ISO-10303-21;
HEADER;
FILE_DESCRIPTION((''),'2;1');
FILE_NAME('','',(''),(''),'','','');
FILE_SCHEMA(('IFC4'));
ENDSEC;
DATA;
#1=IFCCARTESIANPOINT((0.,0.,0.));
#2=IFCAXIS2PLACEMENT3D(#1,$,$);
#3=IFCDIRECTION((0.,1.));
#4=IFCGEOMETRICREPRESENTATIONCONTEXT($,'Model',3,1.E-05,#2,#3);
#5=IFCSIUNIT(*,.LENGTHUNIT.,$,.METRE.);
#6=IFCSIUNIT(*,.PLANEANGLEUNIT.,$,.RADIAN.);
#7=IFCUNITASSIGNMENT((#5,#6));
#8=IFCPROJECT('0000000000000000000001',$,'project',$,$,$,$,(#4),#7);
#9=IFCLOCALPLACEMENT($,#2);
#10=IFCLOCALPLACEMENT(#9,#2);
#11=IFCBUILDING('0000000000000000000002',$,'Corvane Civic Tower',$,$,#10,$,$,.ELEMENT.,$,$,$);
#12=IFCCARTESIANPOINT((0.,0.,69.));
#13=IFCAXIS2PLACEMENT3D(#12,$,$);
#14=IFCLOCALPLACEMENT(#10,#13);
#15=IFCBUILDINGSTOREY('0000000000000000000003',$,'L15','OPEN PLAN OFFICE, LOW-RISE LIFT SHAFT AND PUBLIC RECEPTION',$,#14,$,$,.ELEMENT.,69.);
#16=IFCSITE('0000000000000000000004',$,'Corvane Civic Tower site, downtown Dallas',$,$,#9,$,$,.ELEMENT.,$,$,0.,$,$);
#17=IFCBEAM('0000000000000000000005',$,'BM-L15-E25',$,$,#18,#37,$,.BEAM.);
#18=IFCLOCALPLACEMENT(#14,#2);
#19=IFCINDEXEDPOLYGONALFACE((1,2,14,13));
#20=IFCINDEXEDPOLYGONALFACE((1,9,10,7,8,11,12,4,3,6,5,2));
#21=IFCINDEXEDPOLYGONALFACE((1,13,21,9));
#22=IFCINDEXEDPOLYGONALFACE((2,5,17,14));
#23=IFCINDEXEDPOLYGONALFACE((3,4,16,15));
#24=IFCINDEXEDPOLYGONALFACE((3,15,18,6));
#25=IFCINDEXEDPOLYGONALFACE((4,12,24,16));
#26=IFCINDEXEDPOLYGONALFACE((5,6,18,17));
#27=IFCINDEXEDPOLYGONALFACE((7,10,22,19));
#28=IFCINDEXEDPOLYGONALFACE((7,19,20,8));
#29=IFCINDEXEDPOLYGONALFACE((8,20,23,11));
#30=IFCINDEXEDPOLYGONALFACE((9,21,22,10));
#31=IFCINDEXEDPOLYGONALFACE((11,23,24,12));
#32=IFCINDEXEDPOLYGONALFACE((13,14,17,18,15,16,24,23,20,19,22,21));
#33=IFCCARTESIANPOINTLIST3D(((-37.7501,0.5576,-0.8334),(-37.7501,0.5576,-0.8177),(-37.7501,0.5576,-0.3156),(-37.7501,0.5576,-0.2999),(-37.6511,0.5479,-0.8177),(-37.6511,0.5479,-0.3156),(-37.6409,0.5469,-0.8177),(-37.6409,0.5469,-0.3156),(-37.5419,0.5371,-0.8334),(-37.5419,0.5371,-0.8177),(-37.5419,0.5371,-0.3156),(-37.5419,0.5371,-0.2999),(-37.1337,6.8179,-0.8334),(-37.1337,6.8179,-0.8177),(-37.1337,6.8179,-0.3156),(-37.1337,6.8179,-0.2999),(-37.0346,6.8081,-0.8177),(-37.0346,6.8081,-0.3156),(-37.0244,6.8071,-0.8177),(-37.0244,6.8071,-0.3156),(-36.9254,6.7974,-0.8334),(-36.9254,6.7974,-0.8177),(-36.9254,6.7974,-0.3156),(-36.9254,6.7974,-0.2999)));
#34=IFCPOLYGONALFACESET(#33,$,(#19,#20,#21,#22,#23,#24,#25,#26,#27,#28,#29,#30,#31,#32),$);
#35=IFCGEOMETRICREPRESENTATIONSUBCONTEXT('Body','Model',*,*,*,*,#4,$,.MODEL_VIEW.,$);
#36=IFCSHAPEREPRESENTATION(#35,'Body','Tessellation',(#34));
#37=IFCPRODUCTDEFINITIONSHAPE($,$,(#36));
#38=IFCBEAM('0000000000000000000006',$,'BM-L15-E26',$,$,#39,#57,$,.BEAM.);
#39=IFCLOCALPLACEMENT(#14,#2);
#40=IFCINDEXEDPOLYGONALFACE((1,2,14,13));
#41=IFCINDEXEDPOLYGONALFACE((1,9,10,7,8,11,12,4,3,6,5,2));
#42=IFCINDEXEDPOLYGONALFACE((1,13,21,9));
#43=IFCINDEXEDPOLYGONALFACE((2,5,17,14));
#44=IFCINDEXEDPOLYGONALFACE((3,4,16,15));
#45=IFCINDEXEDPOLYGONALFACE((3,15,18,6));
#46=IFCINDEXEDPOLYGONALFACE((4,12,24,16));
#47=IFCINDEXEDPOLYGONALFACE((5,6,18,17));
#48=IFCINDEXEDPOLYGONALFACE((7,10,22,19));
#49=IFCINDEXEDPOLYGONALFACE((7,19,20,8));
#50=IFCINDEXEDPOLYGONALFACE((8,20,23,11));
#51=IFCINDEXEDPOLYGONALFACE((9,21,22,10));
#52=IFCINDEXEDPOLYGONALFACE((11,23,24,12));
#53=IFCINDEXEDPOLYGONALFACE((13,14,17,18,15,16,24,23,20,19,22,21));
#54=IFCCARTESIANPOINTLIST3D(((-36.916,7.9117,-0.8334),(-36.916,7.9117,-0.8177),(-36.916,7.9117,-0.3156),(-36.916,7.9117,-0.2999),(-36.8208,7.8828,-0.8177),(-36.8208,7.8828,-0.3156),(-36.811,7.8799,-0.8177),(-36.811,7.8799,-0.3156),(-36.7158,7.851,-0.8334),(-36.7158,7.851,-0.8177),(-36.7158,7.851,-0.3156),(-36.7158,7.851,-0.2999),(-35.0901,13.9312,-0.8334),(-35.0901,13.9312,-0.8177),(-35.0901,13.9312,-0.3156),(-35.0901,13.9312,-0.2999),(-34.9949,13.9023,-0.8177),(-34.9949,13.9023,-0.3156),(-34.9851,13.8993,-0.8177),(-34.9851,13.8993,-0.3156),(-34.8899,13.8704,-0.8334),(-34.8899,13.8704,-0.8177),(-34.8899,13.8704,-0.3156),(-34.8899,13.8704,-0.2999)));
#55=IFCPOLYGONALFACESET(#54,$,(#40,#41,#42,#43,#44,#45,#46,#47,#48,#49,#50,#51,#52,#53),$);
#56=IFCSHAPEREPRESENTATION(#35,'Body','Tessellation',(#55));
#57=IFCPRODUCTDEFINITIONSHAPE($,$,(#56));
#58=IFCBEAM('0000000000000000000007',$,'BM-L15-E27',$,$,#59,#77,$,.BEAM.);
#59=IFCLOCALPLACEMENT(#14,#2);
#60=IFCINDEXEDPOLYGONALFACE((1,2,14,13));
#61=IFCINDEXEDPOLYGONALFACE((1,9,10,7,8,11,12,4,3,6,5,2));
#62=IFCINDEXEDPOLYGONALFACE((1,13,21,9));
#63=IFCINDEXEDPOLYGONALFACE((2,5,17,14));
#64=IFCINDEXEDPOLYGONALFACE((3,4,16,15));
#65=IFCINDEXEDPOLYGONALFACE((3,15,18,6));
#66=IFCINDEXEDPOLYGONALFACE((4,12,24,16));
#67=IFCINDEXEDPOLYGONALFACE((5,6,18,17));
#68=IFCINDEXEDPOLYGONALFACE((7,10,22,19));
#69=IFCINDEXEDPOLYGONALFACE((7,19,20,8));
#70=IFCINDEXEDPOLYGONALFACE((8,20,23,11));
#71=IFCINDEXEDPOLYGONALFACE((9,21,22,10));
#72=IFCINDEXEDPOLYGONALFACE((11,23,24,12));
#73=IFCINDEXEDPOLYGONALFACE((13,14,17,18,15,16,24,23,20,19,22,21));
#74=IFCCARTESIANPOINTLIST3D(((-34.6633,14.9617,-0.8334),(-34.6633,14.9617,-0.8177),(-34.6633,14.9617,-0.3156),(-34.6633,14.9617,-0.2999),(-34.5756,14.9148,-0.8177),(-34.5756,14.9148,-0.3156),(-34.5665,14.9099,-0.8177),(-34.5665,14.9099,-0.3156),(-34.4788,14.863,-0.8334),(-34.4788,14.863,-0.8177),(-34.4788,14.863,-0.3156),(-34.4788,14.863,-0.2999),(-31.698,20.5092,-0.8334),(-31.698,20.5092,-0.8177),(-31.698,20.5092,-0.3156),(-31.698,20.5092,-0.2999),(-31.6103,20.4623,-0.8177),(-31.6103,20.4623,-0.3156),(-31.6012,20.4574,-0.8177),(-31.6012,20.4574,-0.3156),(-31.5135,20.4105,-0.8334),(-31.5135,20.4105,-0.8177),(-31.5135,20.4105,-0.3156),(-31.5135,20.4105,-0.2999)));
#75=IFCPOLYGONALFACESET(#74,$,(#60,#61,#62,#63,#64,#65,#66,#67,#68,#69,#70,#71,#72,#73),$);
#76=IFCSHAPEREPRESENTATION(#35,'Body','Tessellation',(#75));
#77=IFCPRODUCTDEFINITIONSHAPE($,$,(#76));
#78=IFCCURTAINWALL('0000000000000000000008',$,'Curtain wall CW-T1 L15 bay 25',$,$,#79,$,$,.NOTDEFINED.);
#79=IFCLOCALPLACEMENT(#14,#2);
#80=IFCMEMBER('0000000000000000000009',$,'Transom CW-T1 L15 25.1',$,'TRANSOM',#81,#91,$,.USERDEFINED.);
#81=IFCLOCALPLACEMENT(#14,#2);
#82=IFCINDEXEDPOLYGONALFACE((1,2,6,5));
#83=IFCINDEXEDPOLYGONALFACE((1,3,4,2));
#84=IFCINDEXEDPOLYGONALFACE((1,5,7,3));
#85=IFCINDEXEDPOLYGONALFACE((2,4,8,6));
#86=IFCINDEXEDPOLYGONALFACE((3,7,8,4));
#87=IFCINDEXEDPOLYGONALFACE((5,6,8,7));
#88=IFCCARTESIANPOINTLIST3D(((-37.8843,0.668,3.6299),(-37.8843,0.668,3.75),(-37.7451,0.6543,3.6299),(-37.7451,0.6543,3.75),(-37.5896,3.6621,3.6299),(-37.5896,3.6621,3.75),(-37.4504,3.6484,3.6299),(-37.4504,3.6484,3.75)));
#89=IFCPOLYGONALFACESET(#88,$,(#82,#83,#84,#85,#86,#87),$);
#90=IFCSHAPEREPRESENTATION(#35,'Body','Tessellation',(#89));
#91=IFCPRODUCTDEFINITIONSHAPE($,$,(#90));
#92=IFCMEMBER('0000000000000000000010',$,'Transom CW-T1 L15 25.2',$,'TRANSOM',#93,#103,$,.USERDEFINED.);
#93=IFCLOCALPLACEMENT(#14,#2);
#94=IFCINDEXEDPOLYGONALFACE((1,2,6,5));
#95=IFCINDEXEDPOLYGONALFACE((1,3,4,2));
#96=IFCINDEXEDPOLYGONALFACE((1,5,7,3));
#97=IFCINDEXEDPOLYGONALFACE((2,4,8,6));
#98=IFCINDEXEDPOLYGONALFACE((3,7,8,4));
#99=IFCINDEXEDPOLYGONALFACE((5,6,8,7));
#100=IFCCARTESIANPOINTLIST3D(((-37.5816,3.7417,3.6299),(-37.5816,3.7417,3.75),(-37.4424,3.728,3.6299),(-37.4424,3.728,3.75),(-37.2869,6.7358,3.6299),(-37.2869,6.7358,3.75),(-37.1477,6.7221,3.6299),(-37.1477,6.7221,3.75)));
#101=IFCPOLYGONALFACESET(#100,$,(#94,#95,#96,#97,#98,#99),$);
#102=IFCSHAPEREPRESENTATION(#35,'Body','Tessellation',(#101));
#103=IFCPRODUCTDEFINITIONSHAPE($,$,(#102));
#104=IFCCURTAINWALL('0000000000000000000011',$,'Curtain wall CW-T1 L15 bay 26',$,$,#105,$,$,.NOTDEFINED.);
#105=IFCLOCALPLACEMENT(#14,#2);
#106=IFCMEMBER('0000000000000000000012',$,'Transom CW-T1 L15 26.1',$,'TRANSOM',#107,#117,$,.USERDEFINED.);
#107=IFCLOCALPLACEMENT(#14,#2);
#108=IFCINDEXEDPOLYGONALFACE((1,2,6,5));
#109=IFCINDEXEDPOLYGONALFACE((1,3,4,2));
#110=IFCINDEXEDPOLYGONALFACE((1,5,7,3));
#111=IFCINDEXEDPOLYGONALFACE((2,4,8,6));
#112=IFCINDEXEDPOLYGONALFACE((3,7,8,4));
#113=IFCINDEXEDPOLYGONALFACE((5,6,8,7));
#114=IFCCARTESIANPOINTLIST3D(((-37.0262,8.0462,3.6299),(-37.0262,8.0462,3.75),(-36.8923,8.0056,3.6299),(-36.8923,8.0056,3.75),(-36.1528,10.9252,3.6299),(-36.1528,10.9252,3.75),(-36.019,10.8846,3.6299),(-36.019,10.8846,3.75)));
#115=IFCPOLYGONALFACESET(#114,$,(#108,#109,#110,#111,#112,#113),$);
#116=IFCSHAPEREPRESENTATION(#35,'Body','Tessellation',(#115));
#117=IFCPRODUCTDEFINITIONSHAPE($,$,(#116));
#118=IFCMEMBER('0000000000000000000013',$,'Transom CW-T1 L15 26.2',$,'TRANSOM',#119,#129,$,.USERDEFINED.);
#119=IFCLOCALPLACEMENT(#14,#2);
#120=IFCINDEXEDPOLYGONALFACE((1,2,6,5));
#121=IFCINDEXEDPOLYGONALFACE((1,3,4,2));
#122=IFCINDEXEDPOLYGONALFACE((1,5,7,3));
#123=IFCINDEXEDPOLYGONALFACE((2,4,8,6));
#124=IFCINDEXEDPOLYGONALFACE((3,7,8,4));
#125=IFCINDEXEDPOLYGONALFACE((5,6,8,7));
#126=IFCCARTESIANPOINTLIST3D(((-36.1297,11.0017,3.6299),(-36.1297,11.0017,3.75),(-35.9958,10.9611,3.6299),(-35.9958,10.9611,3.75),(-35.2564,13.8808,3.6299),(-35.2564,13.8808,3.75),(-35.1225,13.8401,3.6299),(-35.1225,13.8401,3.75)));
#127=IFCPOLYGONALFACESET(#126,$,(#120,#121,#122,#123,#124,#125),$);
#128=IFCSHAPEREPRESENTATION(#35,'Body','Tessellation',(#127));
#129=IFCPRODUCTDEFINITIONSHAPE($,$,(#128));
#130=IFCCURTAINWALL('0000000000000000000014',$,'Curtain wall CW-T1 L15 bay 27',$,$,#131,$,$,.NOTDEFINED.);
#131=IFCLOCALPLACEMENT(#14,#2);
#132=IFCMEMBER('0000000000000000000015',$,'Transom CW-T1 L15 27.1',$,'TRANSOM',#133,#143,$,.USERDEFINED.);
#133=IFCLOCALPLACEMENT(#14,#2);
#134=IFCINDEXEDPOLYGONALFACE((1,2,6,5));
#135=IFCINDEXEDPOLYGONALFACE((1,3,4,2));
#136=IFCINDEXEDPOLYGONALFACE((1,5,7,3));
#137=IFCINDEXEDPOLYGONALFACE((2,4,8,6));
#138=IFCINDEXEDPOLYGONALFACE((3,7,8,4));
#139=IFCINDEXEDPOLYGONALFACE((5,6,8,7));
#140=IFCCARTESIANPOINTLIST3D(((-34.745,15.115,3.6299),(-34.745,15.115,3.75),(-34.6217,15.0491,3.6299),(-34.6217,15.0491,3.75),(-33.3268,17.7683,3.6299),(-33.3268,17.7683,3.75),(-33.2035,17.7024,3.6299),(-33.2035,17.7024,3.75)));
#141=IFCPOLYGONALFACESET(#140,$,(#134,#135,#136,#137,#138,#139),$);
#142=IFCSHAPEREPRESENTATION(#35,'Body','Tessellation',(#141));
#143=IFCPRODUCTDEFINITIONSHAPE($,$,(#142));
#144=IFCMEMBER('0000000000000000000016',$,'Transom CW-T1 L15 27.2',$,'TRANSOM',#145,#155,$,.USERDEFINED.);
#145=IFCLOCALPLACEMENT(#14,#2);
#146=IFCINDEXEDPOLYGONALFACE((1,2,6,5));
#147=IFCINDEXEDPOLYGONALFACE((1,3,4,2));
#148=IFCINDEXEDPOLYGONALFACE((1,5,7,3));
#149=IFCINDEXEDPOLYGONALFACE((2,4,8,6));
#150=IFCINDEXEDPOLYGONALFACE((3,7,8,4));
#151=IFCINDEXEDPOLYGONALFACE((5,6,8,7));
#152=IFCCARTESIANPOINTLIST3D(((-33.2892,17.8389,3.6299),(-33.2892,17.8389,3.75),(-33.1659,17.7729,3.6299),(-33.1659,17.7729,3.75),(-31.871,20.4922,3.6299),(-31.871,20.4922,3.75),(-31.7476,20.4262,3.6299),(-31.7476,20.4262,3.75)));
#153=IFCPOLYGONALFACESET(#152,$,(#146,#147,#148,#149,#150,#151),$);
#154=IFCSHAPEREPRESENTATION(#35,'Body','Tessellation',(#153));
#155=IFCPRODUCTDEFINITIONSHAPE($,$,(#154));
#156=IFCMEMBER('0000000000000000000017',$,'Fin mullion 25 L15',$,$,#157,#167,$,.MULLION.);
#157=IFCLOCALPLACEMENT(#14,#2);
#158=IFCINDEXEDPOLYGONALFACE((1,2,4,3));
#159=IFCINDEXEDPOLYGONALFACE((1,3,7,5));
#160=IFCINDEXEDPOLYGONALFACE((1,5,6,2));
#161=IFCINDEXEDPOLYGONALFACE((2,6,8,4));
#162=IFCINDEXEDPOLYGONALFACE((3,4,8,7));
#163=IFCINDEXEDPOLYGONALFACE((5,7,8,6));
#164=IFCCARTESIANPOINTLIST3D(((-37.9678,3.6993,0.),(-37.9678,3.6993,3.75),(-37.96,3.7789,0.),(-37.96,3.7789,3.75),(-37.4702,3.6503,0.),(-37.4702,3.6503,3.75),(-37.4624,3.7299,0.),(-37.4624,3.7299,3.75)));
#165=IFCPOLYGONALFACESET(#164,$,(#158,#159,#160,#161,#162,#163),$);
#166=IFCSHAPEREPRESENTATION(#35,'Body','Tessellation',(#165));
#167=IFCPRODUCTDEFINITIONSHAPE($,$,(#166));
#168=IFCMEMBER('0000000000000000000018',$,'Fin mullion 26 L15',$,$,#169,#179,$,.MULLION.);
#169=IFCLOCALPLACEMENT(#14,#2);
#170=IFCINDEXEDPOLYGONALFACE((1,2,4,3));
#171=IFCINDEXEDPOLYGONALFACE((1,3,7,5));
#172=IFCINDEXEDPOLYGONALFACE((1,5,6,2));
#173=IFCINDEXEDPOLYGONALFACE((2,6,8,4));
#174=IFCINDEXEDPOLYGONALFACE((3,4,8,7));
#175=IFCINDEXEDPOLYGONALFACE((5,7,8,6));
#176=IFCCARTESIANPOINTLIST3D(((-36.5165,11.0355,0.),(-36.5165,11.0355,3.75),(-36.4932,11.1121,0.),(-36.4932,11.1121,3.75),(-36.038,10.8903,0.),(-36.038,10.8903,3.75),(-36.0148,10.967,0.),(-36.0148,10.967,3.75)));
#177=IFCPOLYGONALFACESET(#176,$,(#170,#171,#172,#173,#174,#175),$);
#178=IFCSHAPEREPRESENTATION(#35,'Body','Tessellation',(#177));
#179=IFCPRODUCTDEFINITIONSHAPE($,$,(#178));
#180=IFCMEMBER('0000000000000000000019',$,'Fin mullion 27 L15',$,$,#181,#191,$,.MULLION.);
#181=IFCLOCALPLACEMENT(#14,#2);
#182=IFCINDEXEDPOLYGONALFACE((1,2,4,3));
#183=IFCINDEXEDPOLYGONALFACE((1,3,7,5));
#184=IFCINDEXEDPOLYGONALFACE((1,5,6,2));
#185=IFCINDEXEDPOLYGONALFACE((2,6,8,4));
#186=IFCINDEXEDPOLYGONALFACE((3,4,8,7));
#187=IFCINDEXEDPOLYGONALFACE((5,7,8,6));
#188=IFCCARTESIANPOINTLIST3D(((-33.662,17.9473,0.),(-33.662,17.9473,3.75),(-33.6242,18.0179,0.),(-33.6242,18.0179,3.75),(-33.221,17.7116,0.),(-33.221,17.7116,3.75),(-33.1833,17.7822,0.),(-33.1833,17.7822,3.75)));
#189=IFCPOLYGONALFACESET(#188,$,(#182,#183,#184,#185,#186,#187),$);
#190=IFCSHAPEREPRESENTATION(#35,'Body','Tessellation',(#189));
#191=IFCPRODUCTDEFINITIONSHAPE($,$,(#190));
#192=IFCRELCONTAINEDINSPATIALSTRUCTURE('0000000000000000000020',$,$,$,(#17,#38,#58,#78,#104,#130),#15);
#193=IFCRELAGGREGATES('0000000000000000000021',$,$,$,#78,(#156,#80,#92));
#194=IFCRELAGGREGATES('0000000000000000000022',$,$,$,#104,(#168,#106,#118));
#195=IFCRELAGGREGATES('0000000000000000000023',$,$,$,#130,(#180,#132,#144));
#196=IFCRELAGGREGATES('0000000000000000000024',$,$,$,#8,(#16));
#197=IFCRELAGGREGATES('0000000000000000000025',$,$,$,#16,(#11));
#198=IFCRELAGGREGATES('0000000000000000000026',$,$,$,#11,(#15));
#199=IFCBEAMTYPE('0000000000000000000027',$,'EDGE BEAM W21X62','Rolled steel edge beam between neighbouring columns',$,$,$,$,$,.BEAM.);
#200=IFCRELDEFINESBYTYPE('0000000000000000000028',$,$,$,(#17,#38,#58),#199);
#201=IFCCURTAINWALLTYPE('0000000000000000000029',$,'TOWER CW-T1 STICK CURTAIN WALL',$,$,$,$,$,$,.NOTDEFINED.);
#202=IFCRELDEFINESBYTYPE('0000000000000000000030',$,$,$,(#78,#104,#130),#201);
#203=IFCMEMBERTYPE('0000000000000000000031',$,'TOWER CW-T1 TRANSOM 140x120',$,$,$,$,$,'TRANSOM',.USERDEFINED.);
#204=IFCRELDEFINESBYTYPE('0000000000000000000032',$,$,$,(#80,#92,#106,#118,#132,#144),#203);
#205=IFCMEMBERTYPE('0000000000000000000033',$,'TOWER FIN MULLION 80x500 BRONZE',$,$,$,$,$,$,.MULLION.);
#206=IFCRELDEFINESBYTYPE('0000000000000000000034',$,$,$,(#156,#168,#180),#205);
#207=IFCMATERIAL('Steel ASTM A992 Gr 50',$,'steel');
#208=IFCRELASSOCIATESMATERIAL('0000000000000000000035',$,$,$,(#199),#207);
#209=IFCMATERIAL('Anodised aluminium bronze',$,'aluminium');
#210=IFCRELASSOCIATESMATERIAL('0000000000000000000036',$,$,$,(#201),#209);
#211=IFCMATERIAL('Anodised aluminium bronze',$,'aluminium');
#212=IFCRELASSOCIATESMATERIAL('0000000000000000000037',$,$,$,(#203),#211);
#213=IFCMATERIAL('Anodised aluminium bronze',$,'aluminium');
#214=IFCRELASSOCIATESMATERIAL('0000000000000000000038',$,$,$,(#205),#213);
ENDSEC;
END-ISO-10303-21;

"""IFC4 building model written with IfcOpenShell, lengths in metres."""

from ifc_helpers import new_model, si_unit, direction, frame, origin, origin_2d, place, context, subcontext, project, spatial, rectangle, i_section, extrude, material, material_profile, profile_set, type_object, element, aggregate, save


model = new_model("IFC4")

# Units and contexts
model_context = context("Model", 3, precision=1e-05, world=origin(), true_north=direction((0.0, 1.0)))
body_context = subcontext(model_context, "Body", "Model", "MODEL_VIEW")
ifc_project = project(units=[si_unit("LENGTHUNIT", "METRE"), si_unit("PLANEANGLEUNIT", "RADIAN")], contexts=[model_context])

# Site, building, storey
site_placement = place(None, origin())
site = spatial("IfcSite", under=ifc_project, at=site_placement, Name="Corvane Civic Tower site, downtown Dallas", CompositionType="ELEMENT", RefElevation=0.0)
building_placement = place(site_placement, origin())
building = spatial("IfcBuilding", under=site, at=building_placement, Name="Corvane Civic Tower", CompositionType="ELEMENT")
storey_placement = place(building_placement, frame((0.0, 0.0, 69.0)))
storey = spatial("IfcBuildingStorey", under=building, at=storey_placement, Name="L15", Description="OPEN PLAN OFFICE, LOW-RISE LIFT SHAFT AND PUBLIC RECEPTION", CompositionType="ELEMENT", Elevation=69.0)

# Beams
ifc_material_1 = material(Name="Steel ASTM A992 Gr 50", Category="steel")
ifc_material_profile_1 = material_profile(ifc_material_1, i_section(OverallWidth=0.2092, OverallDepth=0.5334, WebThickness=0.0103, FlangeThickness=0.0156, at=origin_2d()), Name="W21X62")
ifc_profile_set_1 = profile_set([ifc_material_profile_1], Name="Steel ASTM A992 Gr 50")
beam_type = type_object("IfcBeamType", Name="EDGE BEAM W21X62", Description="Rolled steel edge beam between neighbouring columns", PredefinedType="BEAM", material=ifc_profile_set_1)
beam_placement = place(storey_placement, frame((-37.646, 0.5474, -0.5667), z_axis=(0.097997, 0.995187, 0.0), x_axis=(-0.995187, 0.097997, 0.0)))
element("IfcBeam", 1, at=beam_placement, inside=storey, type_object=beam_type, Name="BM-L15-E25", PredefinedType="BEAM", context=body_context, shape_type="SweptSolid", body=[
    extrude(i_section(OverallWidth=0.2092, OverallDepth=0.5334, WebThickness=0.0103, FlangeThickness=0.0156, at=origin_2d()), origin(), (0.0, 0.0, 1.0), 6.2905),
])
for number, where, z_axis, x_axis, name in (
    (2, (-36.8159, 7.8813, -0.5667), (0.290273, 0.956944, 0.0), (-0.956944, 0.290273, 0.0), "BM-L15-E26"),
    (3, (-34.571, 14.9124, -0.5667), (0.471406, 0.881916, 0.0), (-0.881916, 0.471406, 0.0), "BM-L15-E27"),
):
    element("IfcBeam", number, at=place(storey_placement, frame(where, z_axis=z_axis, x_axis=x_axis)), inside=storey, type_object=beam_type, Name=name, PredefinedType="BEAM", context=body_context, shape_type="SweptSolid", body=[
        extrude(i_section(OverallWidth=0.2092, OverallDepth=0.5334, WebThickness=0.0103, FlangeThickness=0.0156, at=origin_2d()), origin(), (0.0, 0.0, 1.0), 6.2903),
    ])

# Curtain walls, members
ifc_material_2 = material(Name="Anodised aluminium bronze", Category="aluminium")
curtain_wall_type = type_object("IfcCurtainWallType", Name="TOWER CW-T1 STICK CURTAIN WALL", PredefinedType="NOTDEFINED", material=ifc_material_2)
curtain_wall_1_placement = place(storey_placement, origin())
curtain_wall_1 = element("IfcCurtainWall", 4, at=curtain_wall_1_placement, inside=storey, type_object=curtain_wall_type, Name="Curtain wall CW-T1 L15 bay 25", PredefinedType="NOTDEFINED")
ifc_material_3 = material(Name="Anodised aluminium bronze", Category="aluminium")
ifc_material_profile_2 = material_profile(ifc_material_3, rectangle(XDim=0.1399, YDim=0.1201, at=origin_2d()), Name="TOWER CW-T1 TRANSOM 140x120")
ifc_profile_set_2 = profile_set([ifc_material_profile_2], Name="Anodised aluminium bronze")
member_type_1 = type_object("IfcMemberType", Name="TOWER CW-T1 TRANSOM 140x120", ElementType="TRANSOM", PredefinedType="USERDEFINED", material=ifc_profile_set_2)
member_1_placement = place(storey_placement, frame((-37.8147, 0.6611, 3.6899), z_axis=(0.097945, 0.995192, 0.0), x_axis=(-0.995192, 0.097945, 0.0)))
member_1 = element("IfcMember", 5, at=member_1_placement, type_object=member_type_1, Name="Transom CW-T1 L15 25.1", ObjectType="TRANSOM", PredefinedType="USERDEFINED", context=body_context, shape_type="SweptSolid", body=[
    extrude(rectangle(XDim=0.1399, YDim=0.1201, at=origin_2d()), origin(), (0.0, 0.0, 1.0), 3.0085),
])
member_2_placement = place(storey_placement, frame((-37.512, 3.7349, 3.6899), z_axis=(0.097945, 0.995192, 0.0), x_axis=(-0.995192, 0.097945, 0.0)))
member_2 = element("IfcMember", 6, at=member_2_placement, type_object=member_type_1, Name="Transom CW-T1 L15 25.2", ObjectType="TRANSOM", PredefinedType="USERDEFINED", context=body_context, shape_type="SweptSolid", body=[
    extrude(rectangle(XDim=0.1399, YDim=0.1201, at=origin_2d()), origin(), (0.0, 0.0, 1.0), 3.0085),
])
curtain_wall_2_placement = place(storey_placement, origin())
curtain_wall_2 = element("IfcCurtainWall", 7, at=curtain_wall_2_placement, inside=storey, type_object=curtain_wall_type, Name="Curtain wall CW-T1 L15 bay 26", PredefinedType="NOTDEFINED")
member_3_placement = place(storey_placement, frame((-36.9592, 8.0259, 3.6899), z_axis=(0.29028, 0.956942, 0.0), x_axis=(-0.956942, 0.29028, 0.0)))
member_3 = element("IfcMember", 8, at=member_3_placement, type_object=member_type_1, Name="Transom CW-T1 L15 26.1", ObjectType="TRANSOM", PredefinedType="USERDEFINED", context=body_context, shape_type="SweptSolid", body=[
    extrude(rectangle(XDim=0.1399, YDim=0.1201, at=origin_2d()), origin(), (0.0, 0.0, 1.0), 3.0085),
])
member_4_placement = place(storey_placement, frame((-36.0627, 10.9814, 3.6899), z_axis=(0.29028, 0.956942, 0.0), x_axis=(-0.956942, 0.29028, 0.0)))
member_4 = element("IfcMember", 9, at=member_4_placement, type_object=member_type_1, Name="Transom CW-T1 L15 26.2", ObjectType="TRANSOM", PredefinedType="USERDEFINED", context=body_context, shape_type="SweptSolid", body=[
    extrude(rectangle(XDim=0.1399, YDim=0.1201, at=origin_2d()), origin(), (0.0, 0.0, 1.0), 3.0085),
])
curtain_wall_3_placement = place(storey_placement, origin())
curtain_wall_3 = element("IfcCurtainWall", 10, at=curtain_wall_3_placement, inside=storey, type_object=curtain_wall_type, Name="Curtain wall CW-T1 L15 bay 27", PredefinedType="NOTDEFINED")
member_5_placement = place(storey_placement, frame((-34.6833, 15.082, 3.6899), z_axis=(0.471393, 0.881924, 0.0), x_axis=(-0.881924, 0.471393, 0.0)))
member_5 = element("IfcMember", 11, at=member_5_placement, type_object=member_type_1, Name="Transom CW-T1 L15 27.1", ObjectType="TRANSOM", PredefinedType="USERDEFINED", context=body_context, shape_type="SweptSolid", body=[
    extrude(rectangle(XDim=0.1399, YDim=0.1201, at=origin_2d()), origin(), (0.0, 0.0, 1.0), 3.0085),
])
member_6_placement = place(storey_placement, frame((-33.2275, 17.8059, 3.6899), z_axis=(0.471393, 0.881924, 0.0), x_axis=(-0.881924, 0.471393, 0.0)))
member_6 = element("IfcMember", 12, at=member_6_placement, type_object=member_type_1, Name="Transom CW-T1 L15 27.2", ObjectType="TRANSOM", PredefinedType="USERDEFINED", context=body_context, shape_type="SweptSolid", body=[
    extrude(rectangle(XDim=0.1399, YDim=0.1201, at=origin_2d()), origin(), (0.0, 0.0, 1.0), 3.0085),
])

# Members
ifc_material_4 = material(Name="Anodised aluminium bronze", Category="aluminium")
ifc_material_profile_3 = material_profile(ifc_material_4, rectangle(XDim=0.0801, YDim=0.5, at=origin_2d()), Name="TOWER FIN MULLION 80x500 BRONZE")
ifc_profile_set_3 = profile_set([ifc_material_profile_3], Name="Anodised aluminium bronze")
member_type_2 = type_object("IfcMemberType", Name="TOWER FIN MULLION 80x500 BRONZE", PredefinedType="MULLION", material=ifc_profile_set_3)
member_7_placement = place(storey_placement, frame((-37.7151, 3.7146, 0.0), z_axis=(0.0, 0.0, 1.0), x_axis=(0.098006, 0.995186, 0.0)))
member_7 = element("IfcMember", 13, at=member_7_placement, type_object=member_type_2, Name="Fin mullion 25 L15", PredefinedType="MULLION", context=body_context, shape_type="SweptSolid", body=[
    extrude(rectangle(XDim=0.0801, YDim=0.5, at=origin_2d()), origin(), (0.0, 0.0, 1.0), 3.75),
])
member_8_placement = place(storey_placement, frame((-36.2656, 11.0012, 0.0), z_axis=(0.0, 0.0, 1.0), x_axis=(0.290278, 0.956942, 0.0)))
member_8 = element("IfcMember", 14, at=member_8_placement, type_object=member_type_2, Name="Fin mullion 26 L15", PredefinedType="MULLION", context=body_context, shape_type="SweptSolid", body=[
    extrude(rectangle(XDim=0.0801, YDim=0.5, at=origin_2d()), origin(), (0.0, 0.0, 1.0), 3.75),
])
member_9_placement = place(storey_placement, frame((-33.4226, 17.8647, 0.0), z_axis=(0.0, 0.0, 1.0), x_axis=(0.471404, 0.881918, 0.0)))
member_9 = element("IfcMember", 15, at=member_9_placement, type_object=member_type_2, Name="Fin mullion 27 L15", PredefinedType="MULLION", context=body_context, shape_type="SweptSolid", body=[
    extrude(rectangle(XDim=0.0801, YDim=0.5, at=origin_2d()), origin(), (0.0, 0.0, 1.0), 3.75),
])

aggregate(curtain_wall_1, [member_7, member_1, member_2])
aggregate(curtain_wall_2, [member_8, member_3, member_4])
aggregate(curtain_wall_3, [member_9, member_5, member_6])

save(model, "model.ifc")
